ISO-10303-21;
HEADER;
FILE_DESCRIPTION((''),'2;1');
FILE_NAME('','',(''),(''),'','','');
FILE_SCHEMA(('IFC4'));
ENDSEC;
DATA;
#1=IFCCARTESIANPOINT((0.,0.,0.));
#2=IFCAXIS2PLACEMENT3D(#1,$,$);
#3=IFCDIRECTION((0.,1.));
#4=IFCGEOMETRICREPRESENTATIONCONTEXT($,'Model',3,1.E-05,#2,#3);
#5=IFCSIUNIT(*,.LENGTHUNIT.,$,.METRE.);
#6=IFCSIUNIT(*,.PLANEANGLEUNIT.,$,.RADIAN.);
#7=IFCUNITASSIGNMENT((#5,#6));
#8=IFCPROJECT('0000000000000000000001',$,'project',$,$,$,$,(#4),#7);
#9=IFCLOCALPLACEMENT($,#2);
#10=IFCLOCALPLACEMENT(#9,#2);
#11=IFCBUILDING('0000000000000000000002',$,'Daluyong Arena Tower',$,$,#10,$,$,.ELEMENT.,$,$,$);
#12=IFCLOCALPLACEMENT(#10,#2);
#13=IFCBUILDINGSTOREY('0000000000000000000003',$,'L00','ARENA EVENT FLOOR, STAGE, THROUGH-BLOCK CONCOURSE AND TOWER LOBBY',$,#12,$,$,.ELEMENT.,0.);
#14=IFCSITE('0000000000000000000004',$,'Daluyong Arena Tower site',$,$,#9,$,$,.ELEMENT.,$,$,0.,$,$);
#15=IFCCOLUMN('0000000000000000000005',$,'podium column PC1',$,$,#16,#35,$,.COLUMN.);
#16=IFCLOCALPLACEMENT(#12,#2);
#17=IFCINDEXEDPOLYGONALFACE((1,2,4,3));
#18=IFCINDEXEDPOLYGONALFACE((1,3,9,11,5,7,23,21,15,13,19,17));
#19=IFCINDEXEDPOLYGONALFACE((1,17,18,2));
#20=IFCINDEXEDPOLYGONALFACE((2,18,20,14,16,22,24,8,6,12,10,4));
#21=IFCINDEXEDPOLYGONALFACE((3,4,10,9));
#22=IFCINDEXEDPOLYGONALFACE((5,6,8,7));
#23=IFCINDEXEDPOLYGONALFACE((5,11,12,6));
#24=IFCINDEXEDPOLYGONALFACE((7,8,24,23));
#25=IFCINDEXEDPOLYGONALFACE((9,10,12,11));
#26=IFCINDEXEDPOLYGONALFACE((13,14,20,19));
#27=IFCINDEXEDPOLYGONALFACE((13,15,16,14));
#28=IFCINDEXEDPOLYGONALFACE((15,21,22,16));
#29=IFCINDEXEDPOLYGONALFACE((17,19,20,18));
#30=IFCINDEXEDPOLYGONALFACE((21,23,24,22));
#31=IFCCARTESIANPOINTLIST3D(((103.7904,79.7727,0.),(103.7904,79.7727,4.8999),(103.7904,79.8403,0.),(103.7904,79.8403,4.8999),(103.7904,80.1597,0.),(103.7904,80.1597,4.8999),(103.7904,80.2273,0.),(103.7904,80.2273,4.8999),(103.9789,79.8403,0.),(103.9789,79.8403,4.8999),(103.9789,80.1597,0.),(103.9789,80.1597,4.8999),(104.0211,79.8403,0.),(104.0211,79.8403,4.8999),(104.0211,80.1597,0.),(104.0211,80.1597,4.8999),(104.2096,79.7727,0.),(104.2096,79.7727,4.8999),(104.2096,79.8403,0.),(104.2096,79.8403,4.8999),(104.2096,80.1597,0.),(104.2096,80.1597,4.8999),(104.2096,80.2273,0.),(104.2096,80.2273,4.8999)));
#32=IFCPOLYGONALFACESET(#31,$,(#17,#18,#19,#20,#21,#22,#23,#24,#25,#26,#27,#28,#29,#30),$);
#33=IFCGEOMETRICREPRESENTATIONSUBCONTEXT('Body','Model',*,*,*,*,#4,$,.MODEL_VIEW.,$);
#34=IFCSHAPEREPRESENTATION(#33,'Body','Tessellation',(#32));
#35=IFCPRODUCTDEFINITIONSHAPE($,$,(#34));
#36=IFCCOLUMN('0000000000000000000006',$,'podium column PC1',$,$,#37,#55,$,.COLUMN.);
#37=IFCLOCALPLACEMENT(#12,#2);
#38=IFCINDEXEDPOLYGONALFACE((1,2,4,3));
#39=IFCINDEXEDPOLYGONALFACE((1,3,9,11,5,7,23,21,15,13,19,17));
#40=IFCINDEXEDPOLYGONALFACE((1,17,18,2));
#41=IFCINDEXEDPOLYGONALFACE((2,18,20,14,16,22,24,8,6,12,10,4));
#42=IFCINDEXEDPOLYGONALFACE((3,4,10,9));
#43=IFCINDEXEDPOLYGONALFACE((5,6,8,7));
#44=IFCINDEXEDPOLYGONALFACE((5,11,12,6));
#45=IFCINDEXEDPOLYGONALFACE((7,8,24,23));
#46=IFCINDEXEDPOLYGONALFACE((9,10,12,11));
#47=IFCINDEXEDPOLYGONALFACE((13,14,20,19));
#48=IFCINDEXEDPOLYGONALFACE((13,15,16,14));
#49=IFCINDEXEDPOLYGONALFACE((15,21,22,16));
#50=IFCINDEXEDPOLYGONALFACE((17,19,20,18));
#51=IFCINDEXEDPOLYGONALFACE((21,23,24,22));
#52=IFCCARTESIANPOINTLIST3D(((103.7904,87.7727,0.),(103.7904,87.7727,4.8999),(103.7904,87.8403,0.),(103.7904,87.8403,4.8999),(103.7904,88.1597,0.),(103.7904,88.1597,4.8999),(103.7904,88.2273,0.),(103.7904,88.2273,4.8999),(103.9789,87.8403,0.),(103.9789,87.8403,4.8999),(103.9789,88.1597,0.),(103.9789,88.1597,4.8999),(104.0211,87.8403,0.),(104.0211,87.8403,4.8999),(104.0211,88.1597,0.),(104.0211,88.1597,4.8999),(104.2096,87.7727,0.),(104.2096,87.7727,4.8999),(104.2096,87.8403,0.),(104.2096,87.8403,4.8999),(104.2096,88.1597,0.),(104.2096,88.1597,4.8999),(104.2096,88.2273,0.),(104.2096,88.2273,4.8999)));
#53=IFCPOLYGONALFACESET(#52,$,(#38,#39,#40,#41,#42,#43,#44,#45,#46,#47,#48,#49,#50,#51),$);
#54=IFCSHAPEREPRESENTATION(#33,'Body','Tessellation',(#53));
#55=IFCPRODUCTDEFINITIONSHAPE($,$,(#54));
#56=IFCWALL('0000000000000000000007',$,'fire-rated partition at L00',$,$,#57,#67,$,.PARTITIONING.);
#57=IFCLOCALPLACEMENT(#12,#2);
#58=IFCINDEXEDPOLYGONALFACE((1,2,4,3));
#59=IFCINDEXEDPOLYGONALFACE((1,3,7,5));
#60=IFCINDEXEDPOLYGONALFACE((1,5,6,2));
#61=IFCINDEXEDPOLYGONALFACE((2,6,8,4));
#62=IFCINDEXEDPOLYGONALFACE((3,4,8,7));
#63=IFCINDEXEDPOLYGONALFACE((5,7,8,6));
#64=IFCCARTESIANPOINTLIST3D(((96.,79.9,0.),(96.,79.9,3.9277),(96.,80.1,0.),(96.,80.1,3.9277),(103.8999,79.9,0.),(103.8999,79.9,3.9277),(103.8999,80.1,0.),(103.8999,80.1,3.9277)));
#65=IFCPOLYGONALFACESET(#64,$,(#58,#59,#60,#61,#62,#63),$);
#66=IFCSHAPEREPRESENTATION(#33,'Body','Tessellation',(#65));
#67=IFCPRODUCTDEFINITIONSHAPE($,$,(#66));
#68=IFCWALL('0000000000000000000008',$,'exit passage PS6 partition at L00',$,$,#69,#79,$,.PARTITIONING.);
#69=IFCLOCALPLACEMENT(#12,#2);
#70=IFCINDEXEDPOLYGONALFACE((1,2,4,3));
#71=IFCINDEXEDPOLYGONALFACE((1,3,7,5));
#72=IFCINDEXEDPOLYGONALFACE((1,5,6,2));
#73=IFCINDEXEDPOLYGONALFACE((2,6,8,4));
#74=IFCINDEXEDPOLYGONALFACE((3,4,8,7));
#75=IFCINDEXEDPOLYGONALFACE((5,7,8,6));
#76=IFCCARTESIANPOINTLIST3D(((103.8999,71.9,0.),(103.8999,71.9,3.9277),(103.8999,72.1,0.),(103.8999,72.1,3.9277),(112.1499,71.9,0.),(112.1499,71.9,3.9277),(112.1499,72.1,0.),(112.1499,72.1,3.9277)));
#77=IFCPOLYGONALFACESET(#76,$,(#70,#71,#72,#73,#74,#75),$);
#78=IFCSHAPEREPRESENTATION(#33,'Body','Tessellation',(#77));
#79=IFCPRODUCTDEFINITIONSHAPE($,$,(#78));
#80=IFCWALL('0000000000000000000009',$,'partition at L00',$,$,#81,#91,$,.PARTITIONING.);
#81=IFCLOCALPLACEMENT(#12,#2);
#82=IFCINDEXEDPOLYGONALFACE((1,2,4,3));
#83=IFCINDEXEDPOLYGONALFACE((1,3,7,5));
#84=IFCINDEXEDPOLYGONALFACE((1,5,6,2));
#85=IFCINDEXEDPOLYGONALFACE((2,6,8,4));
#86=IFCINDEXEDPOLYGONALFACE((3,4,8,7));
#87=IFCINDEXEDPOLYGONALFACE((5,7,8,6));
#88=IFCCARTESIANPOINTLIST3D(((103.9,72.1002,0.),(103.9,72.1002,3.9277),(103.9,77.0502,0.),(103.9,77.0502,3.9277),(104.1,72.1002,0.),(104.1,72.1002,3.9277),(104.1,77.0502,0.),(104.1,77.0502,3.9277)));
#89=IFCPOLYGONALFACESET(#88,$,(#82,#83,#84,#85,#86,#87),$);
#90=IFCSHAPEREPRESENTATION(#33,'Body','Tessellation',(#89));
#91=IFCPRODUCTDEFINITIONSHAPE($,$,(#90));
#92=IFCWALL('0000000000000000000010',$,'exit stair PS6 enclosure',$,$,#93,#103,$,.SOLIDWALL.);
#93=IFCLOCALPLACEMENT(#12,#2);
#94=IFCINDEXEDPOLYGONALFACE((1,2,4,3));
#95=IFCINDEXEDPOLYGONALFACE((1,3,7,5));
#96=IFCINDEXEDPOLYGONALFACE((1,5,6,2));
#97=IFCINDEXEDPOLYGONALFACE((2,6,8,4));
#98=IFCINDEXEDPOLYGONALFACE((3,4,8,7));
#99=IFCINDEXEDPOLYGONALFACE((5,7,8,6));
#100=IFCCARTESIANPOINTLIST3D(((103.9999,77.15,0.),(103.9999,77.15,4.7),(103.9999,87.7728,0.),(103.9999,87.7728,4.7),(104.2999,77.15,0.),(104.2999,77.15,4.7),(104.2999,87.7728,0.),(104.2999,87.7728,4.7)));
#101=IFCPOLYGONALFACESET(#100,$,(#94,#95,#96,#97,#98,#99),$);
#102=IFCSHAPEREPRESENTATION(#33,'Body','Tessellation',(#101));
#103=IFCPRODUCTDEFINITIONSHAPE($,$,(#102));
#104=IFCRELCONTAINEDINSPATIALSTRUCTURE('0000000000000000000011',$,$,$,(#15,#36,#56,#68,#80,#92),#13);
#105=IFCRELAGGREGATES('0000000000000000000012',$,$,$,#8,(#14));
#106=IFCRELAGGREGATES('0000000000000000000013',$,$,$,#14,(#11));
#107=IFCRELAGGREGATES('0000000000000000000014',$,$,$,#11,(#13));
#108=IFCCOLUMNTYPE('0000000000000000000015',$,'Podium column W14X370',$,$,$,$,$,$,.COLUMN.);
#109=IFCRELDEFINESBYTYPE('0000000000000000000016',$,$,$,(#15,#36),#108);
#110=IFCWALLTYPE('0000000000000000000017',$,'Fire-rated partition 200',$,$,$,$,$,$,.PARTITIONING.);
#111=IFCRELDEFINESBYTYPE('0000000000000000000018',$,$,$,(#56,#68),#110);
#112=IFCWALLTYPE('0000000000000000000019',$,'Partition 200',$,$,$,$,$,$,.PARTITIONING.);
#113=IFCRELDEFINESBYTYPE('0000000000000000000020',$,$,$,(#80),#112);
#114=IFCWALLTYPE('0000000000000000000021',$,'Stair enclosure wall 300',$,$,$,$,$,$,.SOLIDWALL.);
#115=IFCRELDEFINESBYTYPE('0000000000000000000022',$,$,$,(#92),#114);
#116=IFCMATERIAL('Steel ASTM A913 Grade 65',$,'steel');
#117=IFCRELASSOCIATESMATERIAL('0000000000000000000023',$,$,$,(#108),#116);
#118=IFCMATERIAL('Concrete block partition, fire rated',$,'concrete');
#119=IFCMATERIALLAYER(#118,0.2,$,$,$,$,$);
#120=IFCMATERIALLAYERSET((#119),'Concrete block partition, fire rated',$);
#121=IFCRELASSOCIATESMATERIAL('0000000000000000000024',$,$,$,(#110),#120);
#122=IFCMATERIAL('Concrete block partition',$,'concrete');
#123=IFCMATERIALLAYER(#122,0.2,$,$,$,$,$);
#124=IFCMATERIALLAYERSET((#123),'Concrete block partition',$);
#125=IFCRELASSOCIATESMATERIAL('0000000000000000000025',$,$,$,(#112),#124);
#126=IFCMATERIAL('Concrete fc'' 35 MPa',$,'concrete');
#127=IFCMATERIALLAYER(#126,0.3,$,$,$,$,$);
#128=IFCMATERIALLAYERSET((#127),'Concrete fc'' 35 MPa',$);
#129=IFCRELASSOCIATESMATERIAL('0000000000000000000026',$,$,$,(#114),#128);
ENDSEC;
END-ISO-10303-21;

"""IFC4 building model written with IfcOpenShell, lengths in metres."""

from ifc_helpers import new_model, si_unit, direction, frame, frame_2d, origin, origin_2d, place, context, subcontext, project, spatial, rectangle, i_section, extrude, material, layer, layer_set, material_profile, profile_set, type_object, element, save


model = new_model("IFC4")

# Units and contexts
model_context = context("Model", 3, precision=1e-05, world=origin(), true_north=direction((0.0, 1.0)))
body_context = subcontext(model_context, "Body", "Model", "MODEL_VIEW")
ifc_project = project(units=[si_unit("LENGTHUNIT", "METRE"), si_unit("PLANEANGLEUNIT", "RADIAN")], contexts=[model_context])

# Site, building, storey
site_placement = place(None, origin())
site = spatial("IfcSite", under=ifc_project, at=site_placement, Name="Daluyong Arena Tower site", CompositionType="ELEMENT", RefElevation=0.0)
building_placement = place(site_placement, origin())
building = spatial("IfcBuilding", under=site, at=building_placement, Name="Daluyong Arena Tower", CompositionType="ELEMENT")
storey_placement = place(building_placement, origin())
storey = spatial("IfcBuildingStorey", under=building, at=storey_placement, Name="L00", Description="ARENA EVENT FLOOR, STAGE, THROUGH-BLOCK CONCOURSE AND TOWER LOBBY", CompositionType="ELEMENT", Elevation=0.0)

# Columns
ifc_material_1 = material(Name="Steel ASTM A913 Grade 65", Category="steel")
ifc_material_profile = material_profile(ifc_material_1, i_section(OverallWidth=0.4192, OverallDepth=0.4546, WebThickness=0.0422, FlangeThickness=0.0676, at=origin_2d()))
ifc_profile_set = profile_set([ifc_material_profile], Name="Steel ASTM A913 Grade 65")
column_type = type_object("IfcColumnType", Name="Podium column W14X370", PredefinedType="COLUMN", material=ifc_profile_set)
for number, where, z_axis, x_axis, name in (
    (1, (104.0, 80.0, 0.0), (0.0, 0.0, 1.0), (1.0, 0.0, 0.0), "podium column PC1"),
    (2, (104.0, 88.0, 0.0), (0.0, 0.0, 1.0), (1.0, 0.0, 0.0), "podium column PC1"),
):
    element("IfcColumn", number, at=place(storey_placement, frame(where, z_axis=z_axis, x_axis=x_axis)), inside=storey, type_object=column_type, Name=name, PredefinedType="COLUMN", context=body_context, shape_type="SweptSolid", body=[
        extrude(i_section(OverallWidth=0.4192, OverallDepth=0.4546, WebThickness=0.0422, FlangeThickness=0.0676, at=origin_2d()), origin(), (0.0, 0.0, 1.0), 4.8999),
    ])

# Wall
ifc_material_2 = material(Name="Concrete block partition, fire rated", Category="concrete")
ifc_layer_1 = layer(ifc_material_2, 0.2)
ifc_layer_set_1 = layer_set([ifc_layer_1], Name="Concrete block partition, fire rated")
wall_type_1 = type_object("IfcWallType", Name="Fire-rated partition 200", PredefinedType="PARTITIONING", material=ifc_layer_set_1)
wall_1_placement = place(storey_placement, frame((96.0, 80.0, 0.0), z_axis=(0.0, 0.0, 1.0), x_axis=(1.0, 0.0, 0.0)))
element("IfcWall", 3, at=wall_1_placement, inside=storey, type_object=wall_type_1, Name="fire-rated partition at L00", PredefinedType="PARTITIONING", context=body_context, shape_type="SweptSolid", body=[
    extrude(rectangle(XDim=7.8999, YDim=0.2, at=frame_2d((3.95, 0.0))), origin(), (0.0, 0.0, 1.0), 3.9277),
])

# Walls
wall_2_placement = place(storey_placement, frame((103.8999, 72.0, 0.0), z_axis=(0.0, 0.0, 1.0), x_axis=(1.0, 0.0, 0.0)))
element("IfcWall", 4, at=wall_2_placement, inside=storey, type_object=wall_type_1, Name="exit passage PS6 partition at L00", PredefinedType="PARTITIONING", context=body_context, shape_type="SweptSolid", body=[
    extrude(rectangle(XDim=8.25, YDim=0.2, at=frame_2d((4.125, 0.0))), origin(), (0.0, 0.0, 1.0), 3.9277),
])
ifc_material_3 = material(Name="Concrete block partition", Category="concrete")
ifc_layer_2 = layer(ifc_material_3, 0.2)
ifc_layer_set_2 = layer_set([ifc_layer_2], Name="Concrete block partition")
wall_type_2 = type_object("IfcWallType", Name="Partition 200", PredefinedType="PARTITIONING", material=ifc_layer_set_2)
wall_3_placement = place(storey_placement, frame((104.0, 72.1001, 0.0), z_axis=(0.0, 0.0, 1.0), x_axis=(0.0, 1.0, 0.0)))
element("IfcWall", 5, at=wall_3_placement, inside=storey, type_object=wall_type_2, Name="partition at L00", PredefinedType="PARTITIONING", context=body_context, shape_type="SweptSolid", body=[
    extrude(rectangle(XDim=4.95, YDim=0.2, at=frame_2d((2.4751, 0.0))), origin(), (0.0, 0.0, 1.0), 3.9277),
])
ifc_material_4 = material(Name="Concrete fc' 35 MPa", Category="concrete")
ifc_layer_3 = layer(ifc_material_4, 0.3)
ifc_layer_set_3 = layer_set([ifc_layer_3], Name="Concrete fc' 35 MPa")
wall_type_3 = type_object("IfcWallType", Name="Stair enclosure wall 300", PredefinedType="SOLIDWALL", material=ifc_layer_set_3)
wall_4_placement = place(storey_placement, frame((104.1499, 77.1499, 0.0), z_axis=(0.0, 0.0, 1.0), x_axis=(0.0, 1.0, 0.0)))
element("IfcWall", 6, at=wall_4_placement, inside=storey, type_object=wall_type_3, Name="exit stair PS6 enclosure", PredefinedType="SOLIDWALL", context=body_context, shape_type="SweptSolid", body=[
    extrude(rectangle(XDim=10.6228, YDim=0.3, at=frame_2d((5.3115, 0.0))), origin(), (0.0, 0.0, 1.0), 4.7),
])

save(model, "model.ifc")
